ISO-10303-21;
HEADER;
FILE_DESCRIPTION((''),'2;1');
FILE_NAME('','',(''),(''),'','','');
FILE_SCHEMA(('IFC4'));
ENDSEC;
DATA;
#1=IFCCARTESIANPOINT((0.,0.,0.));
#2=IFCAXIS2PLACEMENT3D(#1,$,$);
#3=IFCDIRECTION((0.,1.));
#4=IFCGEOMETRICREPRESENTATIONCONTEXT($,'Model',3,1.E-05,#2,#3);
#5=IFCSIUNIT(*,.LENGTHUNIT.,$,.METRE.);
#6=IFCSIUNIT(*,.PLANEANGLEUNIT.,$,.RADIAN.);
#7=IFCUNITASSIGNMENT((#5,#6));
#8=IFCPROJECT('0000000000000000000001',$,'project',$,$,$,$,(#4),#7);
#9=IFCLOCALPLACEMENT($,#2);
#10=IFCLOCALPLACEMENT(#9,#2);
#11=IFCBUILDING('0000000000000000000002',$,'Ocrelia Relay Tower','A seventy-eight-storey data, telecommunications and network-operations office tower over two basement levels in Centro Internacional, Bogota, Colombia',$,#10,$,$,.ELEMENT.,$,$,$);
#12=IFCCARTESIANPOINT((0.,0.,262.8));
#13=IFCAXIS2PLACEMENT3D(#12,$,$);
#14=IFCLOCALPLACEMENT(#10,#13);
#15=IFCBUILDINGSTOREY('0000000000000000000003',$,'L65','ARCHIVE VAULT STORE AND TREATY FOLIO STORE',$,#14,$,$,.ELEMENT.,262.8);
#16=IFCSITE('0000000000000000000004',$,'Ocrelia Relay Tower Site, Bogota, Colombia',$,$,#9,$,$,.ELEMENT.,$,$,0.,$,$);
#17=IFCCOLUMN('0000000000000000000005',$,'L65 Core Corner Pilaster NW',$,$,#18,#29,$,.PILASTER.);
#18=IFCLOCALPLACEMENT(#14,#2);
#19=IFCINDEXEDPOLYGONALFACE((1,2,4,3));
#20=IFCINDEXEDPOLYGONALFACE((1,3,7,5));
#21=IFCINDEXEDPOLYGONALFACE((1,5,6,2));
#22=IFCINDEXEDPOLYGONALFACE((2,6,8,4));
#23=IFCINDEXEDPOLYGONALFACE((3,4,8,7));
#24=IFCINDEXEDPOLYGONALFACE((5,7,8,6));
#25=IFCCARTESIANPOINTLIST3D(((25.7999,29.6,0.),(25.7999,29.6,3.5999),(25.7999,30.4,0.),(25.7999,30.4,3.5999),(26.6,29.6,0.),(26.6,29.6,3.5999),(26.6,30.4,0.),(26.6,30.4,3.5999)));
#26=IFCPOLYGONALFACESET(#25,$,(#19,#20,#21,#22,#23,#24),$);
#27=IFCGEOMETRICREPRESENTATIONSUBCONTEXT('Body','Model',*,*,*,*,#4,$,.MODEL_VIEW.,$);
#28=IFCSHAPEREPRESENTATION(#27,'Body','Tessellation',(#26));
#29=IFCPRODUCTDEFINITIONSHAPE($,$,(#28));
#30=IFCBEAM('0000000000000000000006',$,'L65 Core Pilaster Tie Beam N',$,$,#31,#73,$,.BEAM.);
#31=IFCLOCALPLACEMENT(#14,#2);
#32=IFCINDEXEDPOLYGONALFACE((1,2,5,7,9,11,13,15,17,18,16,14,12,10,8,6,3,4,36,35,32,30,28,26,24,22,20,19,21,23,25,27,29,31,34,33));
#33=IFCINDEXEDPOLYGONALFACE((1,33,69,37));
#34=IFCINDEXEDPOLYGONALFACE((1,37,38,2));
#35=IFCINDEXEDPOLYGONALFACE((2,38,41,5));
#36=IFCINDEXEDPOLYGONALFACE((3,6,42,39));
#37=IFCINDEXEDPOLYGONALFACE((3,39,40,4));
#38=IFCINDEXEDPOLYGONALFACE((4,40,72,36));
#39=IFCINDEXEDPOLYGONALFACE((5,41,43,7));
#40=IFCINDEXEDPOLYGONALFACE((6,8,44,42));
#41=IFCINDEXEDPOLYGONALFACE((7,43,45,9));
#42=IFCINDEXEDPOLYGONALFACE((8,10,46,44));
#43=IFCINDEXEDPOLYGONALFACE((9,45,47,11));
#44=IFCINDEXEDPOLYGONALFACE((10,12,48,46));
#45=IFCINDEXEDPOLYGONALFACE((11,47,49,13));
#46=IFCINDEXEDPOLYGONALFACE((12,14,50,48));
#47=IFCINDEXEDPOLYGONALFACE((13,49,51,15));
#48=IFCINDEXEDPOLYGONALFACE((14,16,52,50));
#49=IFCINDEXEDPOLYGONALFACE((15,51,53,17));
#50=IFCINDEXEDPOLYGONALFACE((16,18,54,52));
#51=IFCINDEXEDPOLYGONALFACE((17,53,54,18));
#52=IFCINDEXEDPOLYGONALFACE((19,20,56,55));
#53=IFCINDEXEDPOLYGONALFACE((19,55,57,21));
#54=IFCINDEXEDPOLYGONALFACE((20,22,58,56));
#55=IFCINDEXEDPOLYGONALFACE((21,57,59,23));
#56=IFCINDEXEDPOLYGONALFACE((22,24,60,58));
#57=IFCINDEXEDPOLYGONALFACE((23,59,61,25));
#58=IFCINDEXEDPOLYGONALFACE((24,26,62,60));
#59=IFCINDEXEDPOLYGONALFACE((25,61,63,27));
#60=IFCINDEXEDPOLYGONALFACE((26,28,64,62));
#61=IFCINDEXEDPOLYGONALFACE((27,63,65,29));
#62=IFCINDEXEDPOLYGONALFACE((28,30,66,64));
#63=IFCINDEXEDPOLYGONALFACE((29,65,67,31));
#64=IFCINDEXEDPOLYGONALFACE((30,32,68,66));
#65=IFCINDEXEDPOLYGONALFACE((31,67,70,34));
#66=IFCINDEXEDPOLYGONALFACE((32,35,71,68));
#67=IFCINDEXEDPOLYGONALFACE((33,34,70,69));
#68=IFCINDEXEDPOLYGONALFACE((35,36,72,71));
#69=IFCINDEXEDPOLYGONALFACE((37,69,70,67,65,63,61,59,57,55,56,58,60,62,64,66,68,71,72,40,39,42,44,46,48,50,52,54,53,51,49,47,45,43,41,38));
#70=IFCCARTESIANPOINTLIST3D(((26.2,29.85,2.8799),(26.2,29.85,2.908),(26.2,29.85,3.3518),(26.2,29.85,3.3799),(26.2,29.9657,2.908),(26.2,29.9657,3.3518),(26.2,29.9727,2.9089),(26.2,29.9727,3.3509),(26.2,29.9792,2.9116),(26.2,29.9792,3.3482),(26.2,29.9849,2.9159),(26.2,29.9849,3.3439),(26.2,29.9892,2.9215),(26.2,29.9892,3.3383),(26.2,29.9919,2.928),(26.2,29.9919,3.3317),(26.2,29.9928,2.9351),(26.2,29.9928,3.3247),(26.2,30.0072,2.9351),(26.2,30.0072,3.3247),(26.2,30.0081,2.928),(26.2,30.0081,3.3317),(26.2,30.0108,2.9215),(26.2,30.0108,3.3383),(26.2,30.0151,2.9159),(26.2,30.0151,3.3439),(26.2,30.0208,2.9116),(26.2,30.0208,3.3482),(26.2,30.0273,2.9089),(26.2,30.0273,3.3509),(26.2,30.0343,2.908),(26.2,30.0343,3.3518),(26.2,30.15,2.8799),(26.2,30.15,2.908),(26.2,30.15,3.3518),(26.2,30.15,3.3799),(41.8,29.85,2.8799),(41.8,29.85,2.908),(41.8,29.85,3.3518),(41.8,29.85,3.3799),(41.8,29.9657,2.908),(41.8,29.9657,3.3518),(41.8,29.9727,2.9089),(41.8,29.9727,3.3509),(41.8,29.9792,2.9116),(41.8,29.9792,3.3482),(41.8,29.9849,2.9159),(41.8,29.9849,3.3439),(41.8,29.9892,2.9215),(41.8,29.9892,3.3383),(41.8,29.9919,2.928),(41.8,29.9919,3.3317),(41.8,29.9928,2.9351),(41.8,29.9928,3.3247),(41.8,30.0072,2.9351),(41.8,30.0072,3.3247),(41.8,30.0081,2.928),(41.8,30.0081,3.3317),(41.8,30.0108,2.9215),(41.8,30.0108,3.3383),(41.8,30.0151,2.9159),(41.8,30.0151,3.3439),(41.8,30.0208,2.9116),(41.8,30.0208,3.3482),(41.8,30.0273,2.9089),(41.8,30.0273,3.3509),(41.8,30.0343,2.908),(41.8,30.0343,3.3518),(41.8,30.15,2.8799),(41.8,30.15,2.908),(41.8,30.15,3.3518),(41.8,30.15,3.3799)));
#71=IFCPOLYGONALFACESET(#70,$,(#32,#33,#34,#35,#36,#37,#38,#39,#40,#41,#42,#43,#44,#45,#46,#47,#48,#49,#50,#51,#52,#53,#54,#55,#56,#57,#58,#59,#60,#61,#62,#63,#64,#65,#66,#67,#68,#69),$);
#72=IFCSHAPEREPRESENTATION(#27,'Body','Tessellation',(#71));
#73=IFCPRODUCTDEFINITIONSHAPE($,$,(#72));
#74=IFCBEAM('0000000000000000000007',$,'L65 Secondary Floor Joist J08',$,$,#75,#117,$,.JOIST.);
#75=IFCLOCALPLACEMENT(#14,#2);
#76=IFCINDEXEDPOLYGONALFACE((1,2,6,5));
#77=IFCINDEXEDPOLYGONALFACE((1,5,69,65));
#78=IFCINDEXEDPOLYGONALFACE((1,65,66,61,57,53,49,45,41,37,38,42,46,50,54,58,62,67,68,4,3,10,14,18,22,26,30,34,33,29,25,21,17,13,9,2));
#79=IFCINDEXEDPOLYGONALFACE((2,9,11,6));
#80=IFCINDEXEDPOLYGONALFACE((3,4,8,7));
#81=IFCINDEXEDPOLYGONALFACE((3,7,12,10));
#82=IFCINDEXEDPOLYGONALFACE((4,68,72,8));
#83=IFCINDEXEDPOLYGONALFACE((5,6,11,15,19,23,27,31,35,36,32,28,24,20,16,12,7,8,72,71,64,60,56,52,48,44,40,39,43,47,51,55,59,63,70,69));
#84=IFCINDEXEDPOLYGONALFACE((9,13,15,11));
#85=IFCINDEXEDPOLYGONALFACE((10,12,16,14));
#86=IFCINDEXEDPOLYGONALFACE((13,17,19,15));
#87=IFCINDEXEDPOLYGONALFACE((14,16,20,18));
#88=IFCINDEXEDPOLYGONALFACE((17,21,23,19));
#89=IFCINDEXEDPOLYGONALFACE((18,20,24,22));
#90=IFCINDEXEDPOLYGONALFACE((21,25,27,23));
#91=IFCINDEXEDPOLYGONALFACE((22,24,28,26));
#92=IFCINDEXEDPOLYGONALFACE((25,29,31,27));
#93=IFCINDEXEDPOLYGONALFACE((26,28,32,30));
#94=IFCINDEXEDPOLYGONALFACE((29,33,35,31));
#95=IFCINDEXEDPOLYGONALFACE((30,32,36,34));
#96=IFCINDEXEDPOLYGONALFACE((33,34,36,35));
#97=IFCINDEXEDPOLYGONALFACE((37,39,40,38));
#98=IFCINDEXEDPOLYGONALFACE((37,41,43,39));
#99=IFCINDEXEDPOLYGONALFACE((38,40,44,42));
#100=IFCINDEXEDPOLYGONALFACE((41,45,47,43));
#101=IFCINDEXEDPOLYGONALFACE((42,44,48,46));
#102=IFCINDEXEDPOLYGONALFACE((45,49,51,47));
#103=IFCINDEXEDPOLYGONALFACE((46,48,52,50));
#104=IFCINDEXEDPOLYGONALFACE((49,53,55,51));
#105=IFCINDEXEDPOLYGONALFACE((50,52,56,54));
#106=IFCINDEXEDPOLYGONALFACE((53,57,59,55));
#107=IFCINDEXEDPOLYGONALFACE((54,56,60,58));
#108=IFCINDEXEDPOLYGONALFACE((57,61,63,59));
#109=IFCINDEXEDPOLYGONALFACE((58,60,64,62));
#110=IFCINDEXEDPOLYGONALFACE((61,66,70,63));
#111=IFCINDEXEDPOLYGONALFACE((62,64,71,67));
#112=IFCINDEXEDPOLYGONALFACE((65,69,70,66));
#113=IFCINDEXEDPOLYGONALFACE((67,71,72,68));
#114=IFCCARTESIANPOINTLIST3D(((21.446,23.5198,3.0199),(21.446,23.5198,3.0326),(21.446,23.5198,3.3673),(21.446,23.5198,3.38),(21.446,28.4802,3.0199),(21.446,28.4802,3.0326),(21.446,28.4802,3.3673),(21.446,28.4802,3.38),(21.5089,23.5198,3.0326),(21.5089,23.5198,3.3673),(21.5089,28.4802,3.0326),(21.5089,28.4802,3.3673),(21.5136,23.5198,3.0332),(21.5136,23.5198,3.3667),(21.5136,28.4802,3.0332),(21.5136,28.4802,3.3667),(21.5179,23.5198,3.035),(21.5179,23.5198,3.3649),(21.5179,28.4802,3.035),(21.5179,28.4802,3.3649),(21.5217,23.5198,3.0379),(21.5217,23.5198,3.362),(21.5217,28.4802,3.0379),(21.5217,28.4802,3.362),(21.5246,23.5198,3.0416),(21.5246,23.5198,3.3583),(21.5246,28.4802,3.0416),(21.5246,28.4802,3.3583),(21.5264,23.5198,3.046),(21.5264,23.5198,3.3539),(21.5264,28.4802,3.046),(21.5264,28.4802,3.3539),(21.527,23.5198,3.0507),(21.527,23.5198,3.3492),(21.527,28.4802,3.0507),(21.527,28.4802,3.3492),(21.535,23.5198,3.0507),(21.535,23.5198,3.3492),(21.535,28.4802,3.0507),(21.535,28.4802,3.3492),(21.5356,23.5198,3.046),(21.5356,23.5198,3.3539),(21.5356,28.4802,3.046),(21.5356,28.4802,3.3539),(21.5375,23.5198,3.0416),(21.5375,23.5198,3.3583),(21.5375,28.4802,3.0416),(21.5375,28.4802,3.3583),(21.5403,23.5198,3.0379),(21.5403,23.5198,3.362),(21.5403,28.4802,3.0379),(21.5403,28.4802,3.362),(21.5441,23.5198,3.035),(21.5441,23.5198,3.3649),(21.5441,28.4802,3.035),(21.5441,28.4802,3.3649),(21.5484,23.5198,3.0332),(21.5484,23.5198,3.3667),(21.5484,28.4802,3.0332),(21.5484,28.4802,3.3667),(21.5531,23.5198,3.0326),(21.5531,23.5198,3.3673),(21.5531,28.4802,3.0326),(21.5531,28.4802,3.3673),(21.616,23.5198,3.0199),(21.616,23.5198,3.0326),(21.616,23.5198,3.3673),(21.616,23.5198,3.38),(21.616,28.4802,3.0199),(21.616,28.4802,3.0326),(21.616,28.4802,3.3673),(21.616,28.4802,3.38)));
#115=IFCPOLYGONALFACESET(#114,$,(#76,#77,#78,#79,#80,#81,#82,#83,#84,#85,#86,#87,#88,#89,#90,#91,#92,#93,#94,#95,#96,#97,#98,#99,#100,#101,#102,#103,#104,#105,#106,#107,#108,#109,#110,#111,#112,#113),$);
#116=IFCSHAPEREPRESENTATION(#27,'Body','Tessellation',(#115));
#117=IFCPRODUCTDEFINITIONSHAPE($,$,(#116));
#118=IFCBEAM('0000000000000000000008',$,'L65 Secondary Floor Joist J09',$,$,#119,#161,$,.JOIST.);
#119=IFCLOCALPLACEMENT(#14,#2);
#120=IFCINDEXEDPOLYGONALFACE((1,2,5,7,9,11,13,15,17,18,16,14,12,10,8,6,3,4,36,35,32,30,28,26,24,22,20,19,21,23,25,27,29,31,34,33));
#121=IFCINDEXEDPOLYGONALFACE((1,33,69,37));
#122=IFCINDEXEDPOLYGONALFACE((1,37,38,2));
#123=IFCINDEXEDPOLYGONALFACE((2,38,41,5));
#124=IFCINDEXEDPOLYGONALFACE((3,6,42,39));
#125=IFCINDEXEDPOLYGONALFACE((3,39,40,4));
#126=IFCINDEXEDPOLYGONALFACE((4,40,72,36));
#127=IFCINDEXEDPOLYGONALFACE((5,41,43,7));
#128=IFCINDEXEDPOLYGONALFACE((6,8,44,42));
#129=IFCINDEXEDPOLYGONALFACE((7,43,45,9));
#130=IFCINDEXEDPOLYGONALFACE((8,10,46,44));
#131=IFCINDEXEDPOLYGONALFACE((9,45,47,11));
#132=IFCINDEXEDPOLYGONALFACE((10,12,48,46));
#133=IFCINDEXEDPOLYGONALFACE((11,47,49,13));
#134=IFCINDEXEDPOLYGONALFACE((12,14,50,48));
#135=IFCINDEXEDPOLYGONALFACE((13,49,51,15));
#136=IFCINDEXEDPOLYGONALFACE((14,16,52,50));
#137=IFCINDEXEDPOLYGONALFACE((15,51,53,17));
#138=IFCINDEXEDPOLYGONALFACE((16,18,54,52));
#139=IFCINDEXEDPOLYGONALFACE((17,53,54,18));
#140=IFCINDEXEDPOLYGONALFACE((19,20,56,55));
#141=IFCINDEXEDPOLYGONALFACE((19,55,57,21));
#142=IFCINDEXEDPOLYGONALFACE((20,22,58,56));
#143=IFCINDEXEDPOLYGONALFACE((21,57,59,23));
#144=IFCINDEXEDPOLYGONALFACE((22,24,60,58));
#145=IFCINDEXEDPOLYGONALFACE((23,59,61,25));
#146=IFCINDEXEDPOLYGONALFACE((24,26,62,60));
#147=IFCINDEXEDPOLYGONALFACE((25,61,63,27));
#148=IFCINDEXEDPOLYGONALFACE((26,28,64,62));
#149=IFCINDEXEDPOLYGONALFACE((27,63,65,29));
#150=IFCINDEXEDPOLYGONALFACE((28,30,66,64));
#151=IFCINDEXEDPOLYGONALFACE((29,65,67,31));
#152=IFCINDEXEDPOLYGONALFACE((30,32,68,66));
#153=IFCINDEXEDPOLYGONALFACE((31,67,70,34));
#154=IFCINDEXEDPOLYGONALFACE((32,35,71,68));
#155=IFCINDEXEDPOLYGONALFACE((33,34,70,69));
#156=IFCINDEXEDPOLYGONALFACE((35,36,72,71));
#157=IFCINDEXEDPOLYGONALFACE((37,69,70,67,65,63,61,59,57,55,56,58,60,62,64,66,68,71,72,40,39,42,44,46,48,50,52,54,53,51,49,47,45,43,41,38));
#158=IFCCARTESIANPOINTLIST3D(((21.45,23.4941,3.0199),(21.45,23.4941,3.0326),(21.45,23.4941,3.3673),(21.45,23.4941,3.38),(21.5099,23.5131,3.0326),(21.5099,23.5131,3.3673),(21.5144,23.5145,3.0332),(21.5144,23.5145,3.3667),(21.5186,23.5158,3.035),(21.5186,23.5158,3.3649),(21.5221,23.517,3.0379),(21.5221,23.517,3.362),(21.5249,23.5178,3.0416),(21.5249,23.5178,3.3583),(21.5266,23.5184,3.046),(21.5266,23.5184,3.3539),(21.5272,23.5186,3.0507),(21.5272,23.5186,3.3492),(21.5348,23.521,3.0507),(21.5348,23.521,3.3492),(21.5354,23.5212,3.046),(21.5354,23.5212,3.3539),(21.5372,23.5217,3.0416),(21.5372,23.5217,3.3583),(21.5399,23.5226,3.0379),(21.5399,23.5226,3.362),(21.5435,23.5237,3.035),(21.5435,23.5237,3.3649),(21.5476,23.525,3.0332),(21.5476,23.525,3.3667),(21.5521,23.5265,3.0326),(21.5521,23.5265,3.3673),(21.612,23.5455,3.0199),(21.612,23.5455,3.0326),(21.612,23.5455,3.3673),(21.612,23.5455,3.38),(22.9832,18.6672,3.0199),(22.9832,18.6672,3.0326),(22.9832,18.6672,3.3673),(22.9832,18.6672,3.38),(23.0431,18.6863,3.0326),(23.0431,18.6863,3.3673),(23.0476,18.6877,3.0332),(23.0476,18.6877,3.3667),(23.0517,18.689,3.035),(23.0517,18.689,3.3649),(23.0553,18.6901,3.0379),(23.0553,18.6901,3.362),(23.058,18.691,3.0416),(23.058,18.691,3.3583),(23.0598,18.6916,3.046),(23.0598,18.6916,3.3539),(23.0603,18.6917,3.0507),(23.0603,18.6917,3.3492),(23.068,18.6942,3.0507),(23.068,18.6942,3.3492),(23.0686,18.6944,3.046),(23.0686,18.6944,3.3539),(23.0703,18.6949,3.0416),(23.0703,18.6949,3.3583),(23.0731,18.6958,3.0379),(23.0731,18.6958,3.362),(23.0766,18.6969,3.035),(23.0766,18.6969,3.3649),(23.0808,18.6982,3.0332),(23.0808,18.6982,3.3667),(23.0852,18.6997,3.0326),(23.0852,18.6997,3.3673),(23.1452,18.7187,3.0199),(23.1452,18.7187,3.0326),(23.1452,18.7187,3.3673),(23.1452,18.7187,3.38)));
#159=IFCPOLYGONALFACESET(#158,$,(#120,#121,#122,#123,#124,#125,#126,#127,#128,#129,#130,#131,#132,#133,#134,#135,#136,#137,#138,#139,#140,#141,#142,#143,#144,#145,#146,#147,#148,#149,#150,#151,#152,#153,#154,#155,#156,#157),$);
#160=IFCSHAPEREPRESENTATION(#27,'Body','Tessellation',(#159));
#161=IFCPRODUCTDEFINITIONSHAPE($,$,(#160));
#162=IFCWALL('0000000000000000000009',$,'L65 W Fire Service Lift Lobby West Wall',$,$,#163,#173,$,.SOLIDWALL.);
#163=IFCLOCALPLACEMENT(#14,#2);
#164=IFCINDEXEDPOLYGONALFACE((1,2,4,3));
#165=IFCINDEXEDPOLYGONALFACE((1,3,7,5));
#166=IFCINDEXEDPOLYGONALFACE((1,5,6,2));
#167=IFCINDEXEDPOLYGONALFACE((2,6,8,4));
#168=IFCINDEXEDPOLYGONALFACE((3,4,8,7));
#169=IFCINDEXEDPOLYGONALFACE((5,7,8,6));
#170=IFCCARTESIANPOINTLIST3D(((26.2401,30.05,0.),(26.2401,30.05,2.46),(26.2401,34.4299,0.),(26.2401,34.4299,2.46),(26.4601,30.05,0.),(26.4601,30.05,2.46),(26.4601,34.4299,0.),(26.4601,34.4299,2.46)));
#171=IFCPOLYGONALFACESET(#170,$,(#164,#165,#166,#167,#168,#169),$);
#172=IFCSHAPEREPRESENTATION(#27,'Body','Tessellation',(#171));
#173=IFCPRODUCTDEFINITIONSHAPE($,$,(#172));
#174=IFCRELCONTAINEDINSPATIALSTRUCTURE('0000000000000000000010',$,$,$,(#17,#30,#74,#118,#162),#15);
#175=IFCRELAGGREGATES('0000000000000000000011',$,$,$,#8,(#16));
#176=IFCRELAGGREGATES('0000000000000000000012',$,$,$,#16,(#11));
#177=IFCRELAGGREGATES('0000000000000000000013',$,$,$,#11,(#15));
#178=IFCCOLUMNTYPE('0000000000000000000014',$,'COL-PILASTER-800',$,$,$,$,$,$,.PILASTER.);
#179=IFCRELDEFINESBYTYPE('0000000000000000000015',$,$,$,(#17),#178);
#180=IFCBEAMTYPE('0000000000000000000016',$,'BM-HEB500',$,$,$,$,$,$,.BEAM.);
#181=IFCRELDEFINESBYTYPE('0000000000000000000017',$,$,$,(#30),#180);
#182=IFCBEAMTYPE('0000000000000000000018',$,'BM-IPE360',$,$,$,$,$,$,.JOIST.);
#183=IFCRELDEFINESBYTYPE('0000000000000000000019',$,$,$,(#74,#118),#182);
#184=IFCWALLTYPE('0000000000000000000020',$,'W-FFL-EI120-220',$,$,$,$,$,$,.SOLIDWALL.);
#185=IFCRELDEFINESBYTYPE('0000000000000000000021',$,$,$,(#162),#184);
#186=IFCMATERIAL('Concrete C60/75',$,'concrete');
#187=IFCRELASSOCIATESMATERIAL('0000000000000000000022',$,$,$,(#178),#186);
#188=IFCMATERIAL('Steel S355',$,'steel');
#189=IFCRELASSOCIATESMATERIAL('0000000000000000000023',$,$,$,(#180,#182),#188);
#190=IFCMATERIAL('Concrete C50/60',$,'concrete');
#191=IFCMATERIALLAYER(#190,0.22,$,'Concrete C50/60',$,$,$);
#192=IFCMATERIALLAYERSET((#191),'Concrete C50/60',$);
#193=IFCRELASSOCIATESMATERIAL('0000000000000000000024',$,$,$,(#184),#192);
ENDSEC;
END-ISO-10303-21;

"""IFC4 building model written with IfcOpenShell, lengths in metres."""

from ifc_helpers import new_model, si_unit, direction, frame, frame_2d, origin, origin_2d, place, context, subcontext, project, spatial, rectangle, i_section, extrude, material, layer, layer_set, material_profile, profile_set, type_object, element, save


model = new_model("IFC4")

# Units and contexts
model_context = context("Model", 3, precision=1e-05, world=origin(), true_north=direction((0.0, 1.0)))
body_context = subcontext(model_context, "Body", "Model", "MODEL_VIEW")
ifc_project = project(units=[si_unit("LENGTHUNIT", "METRE"), si_unit("PLANEANGLEUNIT", "RADIAN")], contexts=[model_context])

# Site, building, storey
site_placement = place(None, origin())
site = spatial("IfcSite", under=ifc_project, at=site_placement, Name="Ocrelia Relay Tower Site, Bogota, Colombia", CompositionType="ELEMENT", RefElevation=0.0)
building_placement = place(site_placement, origin())
building = spatial("IfcBuilding", under=site, at=building_placement, Name="Ocrelia Relay Tower", Description="A seventy-eight-storey data, telecommunications and network-operations office tower over two basement levels in Centro Internacional, Bogota, Colombia", CompositionType="ELEMENT")
storey_placement = place(building_placement, frame((0.0, 0.0, 262.8)))
storey = spatial("IfcBuildingStorey", under=building, at=storey_placement, Name="L65", Description="ARCHIVE VAULT STORE AND TREATY FOLIO STORE", CompositionType="ELEMENT", Elevation=262.8)

# Column
ifc_material_1 = material(Name="Concrete C60/75", Category="concrete")
ifc_material_profile_1 = material_profile(ifc_material_1, rectangle(XDim=0.8, YDim=0.8, at=origin_2d()), Name="RC-COL-800x800")
ifc_profile_set_1 = profile_set([ifc_material_profile_1], Name="Concrete C60/75")
column_type = type_object("IfcColumnType", Name="COL-PILASTER-800", PredefinedType="PILASTER", material=ifc_profile_set_1)
column_placement = place(storey_placement, frame((26.2, 30.0, 0.0), z_axis=(0.0, 0.0, 1.0), x_axis=(1.0, 0.0, 0.0)))
element("IfcColumn", 1, at=column_placement, inside=storey, type_object=column_type, Name="L65 Core Corner Pilaster NW", PredefinedType="PILASTER", context=body_context, shape_type="SweptSolid", body=[
    extrude(rectangle(XDim=0.8, YDim=0.8, at=origin_2d()), origin(), (0.0, 0.0, 1.0), 3.5999),
])

# Beams
ifc_material_2 = material(Name="Steel S355", Category="steel")
ifc_material_profile_2 = material_profile(ifc_material_2, i_section(OverallWidth=0.3, OverallDepth=0.5, WebThickness=0.0144, FlangeThickness=0.0281, FilletRadius=0.0271, at=origin_2d()), Name="HEB 500")
ifc_profile_set_2 = profile_set([ifc_material_profile_2], Name="Steel S355")
beam_type_1 = type_object("IfcBeamType", Name="BM-HEB500", PredefinedType="BEAM", material=ifc_profile_set_2)
beam_1_placement = place(storey_placement, frame((26.2, 30.0, 3.1299), z_axis=(1.0, 0.0, 0.0), x_axis=(0.0, 1.0, 0.0)))
element("IfcBeam", 2, at=beam_1_placement, inside=storey, type_object=beam_type_1, Name="L65 Core Pilaster Tie Beam N", PredefinedType="BEAM", context=body_context, shape_type="SweptSolid", body=[
    extrude(i_section(OverallWidth=0.3, OverallDepth=0.5, WebThickness=0.0144, FlangeThickness=0.0281, FilletRadius=0.0271, at=origin_2d()), origin(), (0.0, 0.0, 1.0), 15.6001),
])
ifc_material_profile_3 = material_profile(ifc_material_2, i_section(OverallWidth=0.1699, OverallDepth=0.3601, WebThickness=0.0081, FlangeThickness=0.0127, FilletRadius=0.0181, at=origin_2d()), Name="IPE 360")
ifc_profile_set_3 = profile_set([ifc_material_profile_3], Name="Steel S355")
beam_type_2 = type_object("IfcBeamType", Name="BM-IPE360", PredefinedType="JOIST", material=ifc_profile_set_3)
beam_2_placement = place(storey_placement, frame((21.531, 28.4802, 3.2), z_axis=(0.0, -1.0, 0.0), x_axis=(1.0, 0.0, 0.0)))
element("IfcBeam", 3, at=beam_2_placement, inside=storey, type_object=beam_type_2, Name="L65 Secondary Floor Joist J08", PredefinedType="JOIST", context=body_context, shape_type="SweptSolid", body=[
    extrude(i_section(OverallWidth=0.1699, OverallDepth=0.3601, WebThickness=0.0081, FlangeThickness=0.0127, FilletRadius=0.0181, at=origin_2d()), origin(), (0.0, 0.0, 1.0), 4.9604),
])
beam_3_placement = place(storey_placement, frame((21.531, 23.5198, 3.2), z_axis=(0.302732, -0.953076, 0.0), x_axis=(0.953076, 0.302732, 0.0)))
element("IfcBeam", 4, at=beam_3_placement, inside=storey, type_object=beam_type_2, Name="L65 Secondary Floor Joist J09", PredefinedType="JOIST", context=body_context, shape_type="SweptSolid", body=[
    extrude(i_section(OverallWidth=0.1699, OverallDepth=0.3601, WebThickness=0.0081, FlangeThickness=0.0127, FilletRadius=0.0181, at=origin_2d()), origin(), (0.0, 0.0, 1.0), 5.0645),
])

# Shared definitions
ifc_material_3 = material(Name="Concrete C50/60", Category="concrete")

# Wall
ifc_layer_1 = layer(ifc_material_3, 0.22, Name="Concrete C50/60")
ifc_layer_set_1 = layer_set([ifc_layer_1], Name="Concrete C50/60")
wall_type_1 = type_object("IfcWallType", Name="W-FFL-EI120-220", PredefinedType="SOLIDWALL", material=ifc_layer_set_1)
wall_1_placement = place(storey_placement, frame((26.3501, 30.05, 0.0), z_axis=(0.0, 0.0, 1.0), x_axis=(0.0, 1.0, 0.0)))
element("IfcWall", 5, at=wall_1_placement, inside=storey, type_object=wall_type_1, Name="L65 W Fire Service Lift Lobby West Wall", PredefinedType="SOLIDWALL", context=body_context, shape_type="SweptSolid", body=[
    extrude(rectangle(XDim=4.3799, YDim=0.22, at=frame_2d((2.1899, 0.0))), origin(), (0.0, 0.0, 1.0), 2.46),
])

save(model, "model.ifc")
